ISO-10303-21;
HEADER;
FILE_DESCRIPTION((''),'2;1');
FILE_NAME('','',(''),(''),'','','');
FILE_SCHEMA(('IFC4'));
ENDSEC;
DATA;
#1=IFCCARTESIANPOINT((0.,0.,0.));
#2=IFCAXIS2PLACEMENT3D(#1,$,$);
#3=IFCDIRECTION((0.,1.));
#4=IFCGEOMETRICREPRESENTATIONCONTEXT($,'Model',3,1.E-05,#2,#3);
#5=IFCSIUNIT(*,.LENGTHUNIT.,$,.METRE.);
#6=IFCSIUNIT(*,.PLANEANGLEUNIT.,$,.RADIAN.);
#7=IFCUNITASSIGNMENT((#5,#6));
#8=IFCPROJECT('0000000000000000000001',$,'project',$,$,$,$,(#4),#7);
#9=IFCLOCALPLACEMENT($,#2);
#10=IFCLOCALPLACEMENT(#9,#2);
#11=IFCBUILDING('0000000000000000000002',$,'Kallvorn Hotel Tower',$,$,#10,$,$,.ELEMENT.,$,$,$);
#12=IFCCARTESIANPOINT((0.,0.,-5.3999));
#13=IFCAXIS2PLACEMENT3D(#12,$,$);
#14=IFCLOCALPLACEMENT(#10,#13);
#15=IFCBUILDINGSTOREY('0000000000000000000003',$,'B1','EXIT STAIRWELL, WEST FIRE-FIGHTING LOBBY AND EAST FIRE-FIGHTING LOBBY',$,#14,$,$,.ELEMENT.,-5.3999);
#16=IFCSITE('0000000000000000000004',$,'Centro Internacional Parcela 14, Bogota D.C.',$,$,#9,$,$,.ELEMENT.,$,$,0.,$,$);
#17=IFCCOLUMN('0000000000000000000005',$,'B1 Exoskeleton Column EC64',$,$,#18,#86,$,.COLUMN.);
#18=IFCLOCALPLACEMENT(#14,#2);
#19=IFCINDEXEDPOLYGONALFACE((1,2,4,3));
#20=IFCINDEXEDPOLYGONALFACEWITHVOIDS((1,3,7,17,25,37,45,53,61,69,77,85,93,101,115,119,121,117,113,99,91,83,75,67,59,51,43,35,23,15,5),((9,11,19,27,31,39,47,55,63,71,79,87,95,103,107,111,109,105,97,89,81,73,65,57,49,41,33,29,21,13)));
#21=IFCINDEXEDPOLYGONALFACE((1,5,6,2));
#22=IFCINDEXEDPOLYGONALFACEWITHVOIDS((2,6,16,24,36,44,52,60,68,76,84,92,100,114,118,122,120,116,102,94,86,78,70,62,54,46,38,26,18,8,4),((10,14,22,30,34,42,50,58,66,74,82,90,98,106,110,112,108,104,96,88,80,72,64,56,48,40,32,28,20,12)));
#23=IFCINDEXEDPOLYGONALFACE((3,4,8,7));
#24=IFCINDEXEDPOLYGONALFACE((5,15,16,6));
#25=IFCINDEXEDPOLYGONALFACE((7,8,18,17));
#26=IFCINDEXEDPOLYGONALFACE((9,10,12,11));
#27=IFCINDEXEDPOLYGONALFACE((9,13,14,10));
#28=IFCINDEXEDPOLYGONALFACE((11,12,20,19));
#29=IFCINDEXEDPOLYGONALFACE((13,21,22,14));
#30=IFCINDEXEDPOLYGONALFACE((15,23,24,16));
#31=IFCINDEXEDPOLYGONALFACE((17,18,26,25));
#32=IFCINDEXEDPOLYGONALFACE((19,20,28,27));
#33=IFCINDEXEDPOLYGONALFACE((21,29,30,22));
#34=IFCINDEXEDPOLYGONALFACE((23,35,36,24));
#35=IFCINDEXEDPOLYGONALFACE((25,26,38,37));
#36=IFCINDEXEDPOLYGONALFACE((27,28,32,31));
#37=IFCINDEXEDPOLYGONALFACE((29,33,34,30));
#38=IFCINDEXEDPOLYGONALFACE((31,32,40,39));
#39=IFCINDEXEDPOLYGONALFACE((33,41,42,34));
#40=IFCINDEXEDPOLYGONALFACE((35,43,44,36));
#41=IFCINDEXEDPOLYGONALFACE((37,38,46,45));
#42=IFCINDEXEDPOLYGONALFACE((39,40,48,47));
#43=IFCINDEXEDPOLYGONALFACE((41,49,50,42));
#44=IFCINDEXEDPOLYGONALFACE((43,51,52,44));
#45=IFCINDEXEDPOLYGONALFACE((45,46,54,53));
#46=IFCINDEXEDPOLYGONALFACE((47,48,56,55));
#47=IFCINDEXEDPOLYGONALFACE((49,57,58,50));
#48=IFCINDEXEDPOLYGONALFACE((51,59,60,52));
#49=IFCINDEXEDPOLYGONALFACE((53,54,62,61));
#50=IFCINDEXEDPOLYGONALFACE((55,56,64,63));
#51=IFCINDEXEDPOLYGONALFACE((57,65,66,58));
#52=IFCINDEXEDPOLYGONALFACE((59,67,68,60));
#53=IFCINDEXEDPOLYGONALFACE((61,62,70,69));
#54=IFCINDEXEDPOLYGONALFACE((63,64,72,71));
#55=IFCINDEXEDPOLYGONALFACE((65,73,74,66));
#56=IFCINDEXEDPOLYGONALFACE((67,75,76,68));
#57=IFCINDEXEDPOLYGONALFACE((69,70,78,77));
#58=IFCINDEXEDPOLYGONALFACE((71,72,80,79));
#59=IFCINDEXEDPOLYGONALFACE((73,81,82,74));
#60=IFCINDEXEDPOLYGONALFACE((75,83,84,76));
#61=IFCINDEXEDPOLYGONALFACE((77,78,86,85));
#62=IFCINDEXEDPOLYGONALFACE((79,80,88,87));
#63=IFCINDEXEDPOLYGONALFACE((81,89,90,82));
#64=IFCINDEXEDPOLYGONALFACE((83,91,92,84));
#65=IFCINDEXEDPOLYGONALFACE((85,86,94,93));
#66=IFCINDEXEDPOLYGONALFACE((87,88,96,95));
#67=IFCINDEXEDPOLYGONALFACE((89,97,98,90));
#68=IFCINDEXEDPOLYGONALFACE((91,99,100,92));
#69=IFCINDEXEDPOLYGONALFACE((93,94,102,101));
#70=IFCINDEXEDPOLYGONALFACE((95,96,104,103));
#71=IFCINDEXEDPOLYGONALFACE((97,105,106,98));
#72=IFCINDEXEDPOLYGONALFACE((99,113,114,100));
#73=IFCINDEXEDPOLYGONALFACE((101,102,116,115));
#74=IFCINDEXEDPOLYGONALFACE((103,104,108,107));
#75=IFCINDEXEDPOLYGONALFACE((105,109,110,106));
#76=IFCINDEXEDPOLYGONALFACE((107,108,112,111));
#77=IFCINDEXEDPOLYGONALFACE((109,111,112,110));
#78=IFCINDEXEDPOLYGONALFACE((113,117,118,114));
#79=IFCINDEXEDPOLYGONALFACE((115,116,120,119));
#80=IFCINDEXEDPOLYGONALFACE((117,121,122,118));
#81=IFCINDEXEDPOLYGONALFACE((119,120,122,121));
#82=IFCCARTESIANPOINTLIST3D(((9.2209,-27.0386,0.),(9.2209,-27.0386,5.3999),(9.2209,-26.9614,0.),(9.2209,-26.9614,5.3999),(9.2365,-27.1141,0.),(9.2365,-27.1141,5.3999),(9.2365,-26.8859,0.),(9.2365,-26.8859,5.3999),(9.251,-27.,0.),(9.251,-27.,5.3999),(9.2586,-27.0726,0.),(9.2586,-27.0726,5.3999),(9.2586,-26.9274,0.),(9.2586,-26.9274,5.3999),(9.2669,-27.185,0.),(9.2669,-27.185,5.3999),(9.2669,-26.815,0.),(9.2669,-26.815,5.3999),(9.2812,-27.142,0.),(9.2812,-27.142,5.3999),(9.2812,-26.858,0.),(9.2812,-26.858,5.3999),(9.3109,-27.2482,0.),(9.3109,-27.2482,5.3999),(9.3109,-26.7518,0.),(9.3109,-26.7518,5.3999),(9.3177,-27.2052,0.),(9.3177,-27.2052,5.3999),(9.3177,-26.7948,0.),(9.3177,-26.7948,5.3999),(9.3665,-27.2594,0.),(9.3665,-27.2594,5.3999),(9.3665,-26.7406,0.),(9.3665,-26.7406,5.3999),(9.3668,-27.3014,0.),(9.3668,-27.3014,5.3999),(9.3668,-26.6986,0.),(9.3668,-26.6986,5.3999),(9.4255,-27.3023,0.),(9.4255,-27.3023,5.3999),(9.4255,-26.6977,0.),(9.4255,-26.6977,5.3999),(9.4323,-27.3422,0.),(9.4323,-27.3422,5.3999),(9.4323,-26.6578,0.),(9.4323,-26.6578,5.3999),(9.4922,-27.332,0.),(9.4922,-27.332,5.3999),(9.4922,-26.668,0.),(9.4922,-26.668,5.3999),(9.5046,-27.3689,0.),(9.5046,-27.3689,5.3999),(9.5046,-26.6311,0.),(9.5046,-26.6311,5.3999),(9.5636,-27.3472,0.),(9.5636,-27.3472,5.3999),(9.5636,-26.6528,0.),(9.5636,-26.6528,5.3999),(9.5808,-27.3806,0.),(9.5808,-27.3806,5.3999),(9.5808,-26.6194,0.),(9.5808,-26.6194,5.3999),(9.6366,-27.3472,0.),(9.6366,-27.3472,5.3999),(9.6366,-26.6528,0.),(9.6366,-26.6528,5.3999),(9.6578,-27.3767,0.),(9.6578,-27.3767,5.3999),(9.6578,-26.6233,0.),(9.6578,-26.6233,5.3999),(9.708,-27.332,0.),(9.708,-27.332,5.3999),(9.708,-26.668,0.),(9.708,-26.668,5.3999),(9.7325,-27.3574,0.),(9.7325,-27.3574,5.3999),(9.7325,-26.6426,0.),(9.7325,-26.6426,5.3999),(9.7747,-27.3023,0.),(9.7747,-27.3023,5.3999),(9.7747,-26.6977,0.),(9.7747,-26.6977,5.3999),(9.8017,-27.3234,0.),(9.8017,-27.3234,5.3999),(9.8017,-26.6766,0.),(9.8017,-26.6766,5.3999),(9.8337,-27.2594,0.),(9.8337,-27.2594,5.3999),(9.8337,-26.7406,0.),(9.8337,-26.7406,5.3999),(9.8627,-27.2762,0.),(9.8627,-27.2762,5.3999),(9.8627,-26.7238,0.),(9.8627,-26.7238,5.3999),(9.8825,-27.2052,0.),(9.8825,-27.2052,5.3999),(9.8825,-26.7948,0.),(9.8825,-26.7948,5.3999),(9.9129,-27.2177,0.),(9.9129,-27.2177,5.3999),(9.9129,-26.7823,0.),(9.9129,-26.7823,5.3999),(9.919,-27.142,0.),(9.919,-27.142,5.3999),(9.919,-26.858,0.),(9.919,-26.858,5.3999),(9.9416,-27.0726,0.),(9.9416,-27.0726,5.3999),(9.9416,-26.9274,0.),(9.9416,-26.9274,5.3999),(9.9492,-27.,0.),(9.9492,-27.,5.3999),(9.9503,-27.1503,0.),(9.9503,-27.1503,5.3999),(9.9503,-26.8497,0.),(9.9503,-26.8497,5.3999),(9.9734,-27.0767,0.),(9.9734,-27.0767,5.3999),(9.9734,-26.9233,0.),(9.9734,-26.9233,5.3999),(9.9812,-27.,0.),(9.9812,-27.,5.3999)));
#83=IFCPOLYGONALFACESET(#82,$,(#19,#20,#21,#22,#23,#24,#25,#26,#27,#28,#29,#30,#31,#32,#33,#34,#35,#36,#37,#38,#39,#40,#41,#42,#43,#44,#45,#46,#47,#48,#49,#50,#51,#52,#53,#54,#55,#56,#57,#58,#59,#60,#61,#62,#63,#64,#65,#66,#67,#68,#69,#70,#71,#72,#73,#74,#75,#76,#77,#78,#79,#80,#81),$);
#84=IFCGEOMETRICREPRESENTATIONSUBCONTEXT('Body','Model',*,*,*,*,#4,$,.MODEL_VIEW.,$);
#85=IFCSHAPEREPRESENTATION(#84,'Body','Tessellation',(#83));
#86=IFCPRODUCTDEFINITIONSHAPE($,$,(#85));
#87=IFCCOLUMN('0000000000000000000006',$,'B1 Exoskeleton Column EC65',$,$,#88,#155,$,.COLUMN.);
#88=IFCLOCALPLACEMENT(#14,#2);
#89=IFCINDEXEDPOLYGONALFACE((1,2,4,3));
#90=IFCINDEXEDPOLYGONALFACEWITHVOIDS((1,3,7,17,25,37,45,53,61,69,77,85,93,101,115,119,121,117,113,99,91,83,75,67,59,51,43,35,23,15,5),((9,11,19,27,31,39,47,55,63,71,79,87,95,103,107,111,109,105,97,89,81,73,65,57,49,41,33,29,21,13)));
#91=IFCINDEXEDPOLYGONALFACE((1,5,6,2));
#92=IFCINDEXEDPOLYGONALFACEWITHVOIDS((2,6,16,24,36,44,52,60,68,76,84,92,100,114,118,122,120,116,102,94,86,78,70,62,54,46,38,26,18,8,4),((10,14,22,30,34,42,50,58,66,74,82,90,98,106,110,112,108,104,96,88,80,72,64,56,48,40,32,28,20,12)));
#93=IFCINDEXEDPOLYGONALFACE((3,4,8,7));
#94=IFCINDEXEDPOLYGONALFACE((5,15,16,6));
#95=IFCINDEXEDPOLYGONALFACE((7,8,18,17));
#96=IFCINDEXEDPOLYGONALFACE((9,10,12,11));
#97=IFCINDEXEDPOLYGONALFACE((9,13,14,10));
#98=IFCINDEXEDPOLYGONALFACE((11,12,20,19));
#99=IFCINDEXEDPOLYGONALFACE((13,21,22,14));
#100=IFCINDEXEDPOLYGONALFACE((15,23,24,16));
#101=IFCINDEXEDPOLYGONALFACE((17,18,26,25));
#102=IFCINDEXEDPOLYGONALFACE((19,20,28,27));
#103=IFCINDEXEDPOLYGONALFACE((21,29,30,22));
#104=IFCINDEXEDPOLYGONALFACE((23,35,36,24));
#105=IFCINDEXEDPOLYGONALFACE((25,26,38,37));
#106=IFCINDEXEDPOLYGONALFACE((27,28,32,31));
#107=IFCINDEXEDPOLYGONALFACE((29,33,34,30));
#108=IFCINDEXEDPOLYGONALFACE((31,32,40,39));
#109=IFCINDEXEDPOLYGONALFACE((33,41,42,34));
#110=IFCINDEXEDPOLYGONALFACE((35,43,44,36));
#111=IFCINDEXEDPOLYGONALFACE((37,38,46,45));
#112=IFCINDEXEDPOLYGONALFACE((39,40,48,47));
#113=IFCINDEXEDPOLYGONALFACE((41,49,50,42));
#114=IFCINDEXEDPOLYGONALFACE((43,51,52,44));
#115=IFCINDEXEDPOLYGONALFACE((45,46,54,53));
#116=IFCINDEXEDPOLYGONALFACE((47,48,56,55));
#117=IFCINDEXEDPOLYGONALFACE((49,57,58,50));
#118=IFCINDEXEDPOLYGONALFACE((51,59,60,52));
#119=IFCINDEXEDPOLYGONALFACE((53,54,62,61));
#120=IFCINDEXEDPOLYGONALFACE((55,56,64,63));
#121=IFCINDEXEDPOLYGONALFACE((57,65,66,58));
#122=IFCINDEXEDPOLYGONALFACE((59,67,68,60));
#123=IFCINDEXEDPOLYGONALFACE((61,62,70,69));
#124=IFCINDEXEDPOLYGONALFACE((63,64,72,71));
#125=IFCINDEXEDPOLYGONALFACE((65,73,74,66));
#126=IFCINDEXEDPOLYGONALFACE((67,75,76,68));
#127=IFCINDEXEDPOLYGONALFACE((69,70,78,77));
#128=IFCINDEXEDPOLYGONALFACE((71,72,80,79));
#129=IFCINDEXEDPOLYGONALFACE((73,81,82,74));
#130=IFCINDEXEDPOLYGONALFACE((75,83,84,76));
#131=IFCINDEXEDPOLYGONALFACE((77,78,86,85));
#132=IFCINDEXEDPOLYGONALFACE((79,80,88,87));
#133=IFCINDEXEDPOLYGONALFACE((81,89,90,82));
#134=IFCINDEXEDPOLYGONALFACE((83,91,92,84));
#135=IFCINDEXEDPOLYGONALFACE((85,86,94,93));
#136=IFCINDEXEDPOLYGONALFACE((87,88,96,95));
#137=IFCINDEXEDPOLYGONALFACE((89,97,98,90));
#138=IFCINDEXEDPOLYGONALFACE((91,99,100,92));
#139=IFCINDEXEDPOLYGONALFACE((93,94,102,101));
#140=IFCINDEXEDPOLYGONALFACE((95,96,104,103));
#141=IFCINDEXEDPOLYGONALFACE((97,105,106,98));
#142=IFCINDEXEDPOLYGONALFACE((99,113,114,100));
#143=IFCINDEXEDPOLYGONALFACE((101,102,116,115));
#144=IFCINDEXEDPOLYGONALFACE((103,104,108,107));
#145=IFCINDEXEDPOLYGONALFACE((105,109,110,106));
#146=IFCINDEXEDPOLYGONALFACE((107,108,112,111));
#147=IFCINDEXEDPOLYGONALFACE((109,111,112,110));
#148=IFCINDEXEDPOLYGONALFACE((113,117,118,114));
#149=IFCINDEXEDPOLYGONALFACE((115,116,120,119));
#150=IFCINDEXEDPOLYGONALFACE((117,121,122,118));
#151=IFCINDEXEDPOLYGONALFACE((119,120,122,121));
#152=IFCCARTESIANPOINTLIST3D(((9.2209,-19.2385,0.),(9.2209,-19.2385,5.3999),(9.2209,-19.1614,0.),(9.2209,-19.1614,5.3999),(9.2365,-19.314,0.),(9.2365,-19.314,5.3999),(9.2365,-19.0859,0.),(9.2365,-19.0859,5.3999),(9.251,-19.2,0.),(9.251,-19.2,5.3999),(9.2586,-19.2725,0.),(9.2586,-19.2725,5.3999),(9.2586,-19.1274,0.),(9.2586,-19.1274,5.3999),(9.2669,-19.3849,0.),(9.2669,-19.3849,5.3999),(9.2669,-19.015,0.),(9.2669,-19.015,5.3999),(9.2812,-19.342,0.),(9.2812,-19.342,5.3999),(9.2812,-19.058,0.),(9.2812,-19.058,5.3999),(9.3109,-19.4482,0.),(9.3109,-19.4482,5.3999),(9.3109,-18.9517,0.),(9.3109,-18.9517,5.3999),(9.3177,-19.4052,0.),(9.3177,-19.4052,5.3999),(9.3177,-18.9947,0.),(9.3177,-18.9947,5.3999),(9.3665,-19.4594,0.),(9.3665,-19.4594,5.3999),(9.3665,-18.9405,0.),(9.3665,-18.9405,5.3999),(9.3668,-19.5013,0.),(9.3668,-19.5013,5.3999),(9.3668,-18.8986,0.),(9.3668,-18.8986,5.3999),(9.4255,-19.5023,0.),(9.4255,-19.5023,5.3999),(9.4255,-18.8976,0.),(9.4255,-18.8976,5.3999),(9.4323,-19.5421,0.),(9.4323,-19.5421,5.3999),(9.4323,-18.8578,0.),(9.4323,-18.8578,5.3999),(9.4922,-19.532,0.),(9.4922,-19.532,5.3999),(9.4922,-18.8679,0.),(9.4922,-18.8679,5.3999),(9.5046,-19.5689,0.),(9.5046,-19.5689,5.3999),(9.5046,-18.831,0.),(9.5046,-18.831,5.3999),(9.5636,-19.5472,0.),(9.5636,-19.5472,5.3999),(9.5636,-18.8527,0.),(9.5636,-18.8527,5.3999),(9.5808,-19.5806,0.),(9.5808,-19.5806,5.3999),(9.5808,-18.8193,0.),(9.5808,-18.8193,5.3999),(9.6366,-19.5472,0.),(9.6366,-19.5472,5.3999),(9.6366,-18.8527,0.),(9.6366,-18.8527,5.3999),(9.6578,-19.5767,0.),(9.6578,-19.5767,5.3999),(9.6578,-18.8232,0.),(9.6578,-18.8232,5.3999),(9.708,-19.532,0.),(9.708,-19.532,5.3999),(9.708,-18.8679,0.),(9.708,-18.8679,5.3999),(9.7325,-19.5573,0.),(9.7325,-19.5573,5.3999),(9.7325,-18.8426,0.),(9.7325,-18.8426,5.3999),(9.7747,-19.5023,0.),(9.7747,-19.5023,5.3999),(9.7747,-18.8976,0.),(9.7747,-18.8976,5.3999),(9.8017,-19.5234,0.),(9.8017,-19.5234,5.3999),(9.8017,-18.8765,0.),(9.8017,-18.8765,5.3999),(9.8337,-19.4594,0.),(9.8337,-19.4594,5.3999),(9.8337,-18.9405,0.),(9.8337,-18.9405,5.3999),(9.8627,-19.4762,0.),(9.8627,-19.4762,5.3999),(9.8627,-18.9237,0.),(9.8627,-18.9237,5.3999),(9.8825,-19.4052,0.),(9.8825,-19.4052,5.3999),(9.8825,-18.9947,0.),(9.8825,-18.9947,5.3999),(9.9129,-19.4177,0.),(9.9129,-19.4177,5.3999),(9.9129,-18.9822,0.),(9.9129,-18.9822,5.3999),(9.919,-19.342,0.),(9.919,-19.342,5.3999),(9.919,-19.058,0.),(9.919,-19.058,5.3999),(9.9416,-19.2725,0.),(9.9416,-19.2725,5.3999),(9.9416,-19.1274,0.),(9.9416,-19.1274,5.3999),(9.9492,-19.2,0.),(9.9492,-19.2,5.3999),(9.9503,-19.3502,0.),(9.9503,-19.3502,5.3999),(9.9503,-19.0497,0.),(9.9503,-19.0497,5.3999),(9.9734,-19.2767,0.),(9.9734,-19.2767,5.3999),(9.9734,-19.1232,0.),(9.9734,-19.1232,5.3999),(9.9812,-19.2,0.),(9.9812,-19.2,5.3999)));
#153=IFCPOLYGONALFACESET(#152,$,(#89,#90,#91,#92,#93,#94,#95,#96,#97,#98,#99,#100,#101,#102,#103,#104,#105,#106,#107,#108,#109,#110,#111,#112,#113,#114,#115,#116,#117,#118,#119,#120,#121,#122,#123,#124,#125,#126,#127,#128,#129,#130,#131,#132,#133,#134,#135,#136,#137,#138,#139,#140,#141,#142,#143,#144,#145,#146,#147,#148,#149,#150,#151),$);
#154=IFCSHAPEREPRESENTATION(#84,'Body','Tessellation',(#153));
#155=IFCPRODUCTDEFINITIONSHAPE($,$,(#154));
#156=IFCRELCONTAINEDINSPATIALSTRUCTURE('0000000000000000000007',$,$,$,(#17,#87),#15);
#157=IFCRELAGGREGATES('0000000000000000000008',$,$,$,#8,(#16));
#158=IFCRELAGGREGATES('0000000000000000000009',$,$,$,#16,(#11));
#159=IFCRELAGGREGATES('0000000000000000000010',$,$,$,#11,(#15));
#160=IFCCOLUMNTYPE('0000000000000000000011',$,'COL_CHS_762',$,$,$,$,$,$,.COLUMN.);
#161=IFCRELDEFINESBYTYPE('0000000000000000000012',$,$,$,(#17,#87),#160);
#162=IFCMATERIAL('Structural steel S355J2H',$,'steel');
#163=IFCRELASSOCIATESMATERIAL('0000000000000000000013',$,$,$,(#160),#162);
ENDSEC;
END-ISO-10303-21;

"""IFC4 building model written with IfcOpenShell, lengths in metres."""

from ifc_helpers import new_model, si_unit, direction, frame, origin, origin_2d, place, context, subcontext, project, spatial, hollow_circle, extrude, material, material_profile, profile_set, type_object, element, save


model = new_model("IFC4")

# Units and contexts
model_context = context("Model", 3, precision=1e-05, world=origin(), true_north=direction((0.0, 1.0)))
body_context = subcontext(model_context, "Body", "Model", "MODEL_VIEW")
ifc_project = project(units=[si_unit("LENGTHUNIT", "METRE"), si_unit("PLANEANGLEUNIT", "RADIAN")], contexts=[model_context])

# Site, building, storey
site_placement = place(None, origin())
site = spatial("IfcSite", under=ifc_project, at=site_placement, Name="Centro Internacional Parcela 14, Bogota D.C.", CompositionType="ELEMENT", RefElevation=0.0)
building_placement = place(site_placement, origin())
building = spatial("IfcBuilding", under=site, at=building_placement, Name="Kallvorn Hotel Tower", CompositionType="ELEMENT")
storey_placement = place(building_placement, frame((0.0, 0.0, -5.3999)))
storey = spatial("IfcBuildingStorey", under=building, at=storey_placement, Name="B1", Description="EXIT STAIRWELL, WEST FIRE-FIGHTING LOBBY AND EAST FIRE-FIGHTING LOBBY", CompositionType="ELEMENT", Elevation=-5.3999)

# Columns
ifc_material_1 = material(Name="Structural steel S355J2H", Category="steel")
ifc_material_profile_1 = material_profile(ifc_material_1, hollow_circle(Radius=0.3811, WallThickness=0.032, at=origin_2d()), Name="CHS 762x32")
ifc_profile_set_1 = profile_set([ifc_material_profile_1], Name="Structural steel S355J2H")
column_type_1 = type_object("IfcColumnType", Name="COL_CHS_762", PredefinedType="COLUMN", material=ifc_profile_set_1)
for number, where, z_axis, x_axis, name in (
    (1, (9.6001, -27.0, 0.0), (0.0, 0.0, 1.0), (1.0, 0.0, 0.0), "B1 Exoskeleton Column EC64"),
    (2, (9.6001, -19.2, 0.0), (0.0, 0.0, 1.0), (1.0, 0.0, 0.0), "B1 Exoskeleton Column EC65"),
):
    element("IfcColumn", number, at=place(storey_placement, frame(where, z_axis=z_axis, x_axis=x_axis)), inside=storey, type_object=column_type_1, Name=name, PredefinedType="COLUMN", context=body_context, shape_type="SweptSolid", body=[
        extrude(hollow_circle(Radius=0.3811, WallThickness=0.032, at=origin_2d()), origin(), (0.0, 0.0, 1.0), 5.3999),
    ])

save(model, "model.ifc")
